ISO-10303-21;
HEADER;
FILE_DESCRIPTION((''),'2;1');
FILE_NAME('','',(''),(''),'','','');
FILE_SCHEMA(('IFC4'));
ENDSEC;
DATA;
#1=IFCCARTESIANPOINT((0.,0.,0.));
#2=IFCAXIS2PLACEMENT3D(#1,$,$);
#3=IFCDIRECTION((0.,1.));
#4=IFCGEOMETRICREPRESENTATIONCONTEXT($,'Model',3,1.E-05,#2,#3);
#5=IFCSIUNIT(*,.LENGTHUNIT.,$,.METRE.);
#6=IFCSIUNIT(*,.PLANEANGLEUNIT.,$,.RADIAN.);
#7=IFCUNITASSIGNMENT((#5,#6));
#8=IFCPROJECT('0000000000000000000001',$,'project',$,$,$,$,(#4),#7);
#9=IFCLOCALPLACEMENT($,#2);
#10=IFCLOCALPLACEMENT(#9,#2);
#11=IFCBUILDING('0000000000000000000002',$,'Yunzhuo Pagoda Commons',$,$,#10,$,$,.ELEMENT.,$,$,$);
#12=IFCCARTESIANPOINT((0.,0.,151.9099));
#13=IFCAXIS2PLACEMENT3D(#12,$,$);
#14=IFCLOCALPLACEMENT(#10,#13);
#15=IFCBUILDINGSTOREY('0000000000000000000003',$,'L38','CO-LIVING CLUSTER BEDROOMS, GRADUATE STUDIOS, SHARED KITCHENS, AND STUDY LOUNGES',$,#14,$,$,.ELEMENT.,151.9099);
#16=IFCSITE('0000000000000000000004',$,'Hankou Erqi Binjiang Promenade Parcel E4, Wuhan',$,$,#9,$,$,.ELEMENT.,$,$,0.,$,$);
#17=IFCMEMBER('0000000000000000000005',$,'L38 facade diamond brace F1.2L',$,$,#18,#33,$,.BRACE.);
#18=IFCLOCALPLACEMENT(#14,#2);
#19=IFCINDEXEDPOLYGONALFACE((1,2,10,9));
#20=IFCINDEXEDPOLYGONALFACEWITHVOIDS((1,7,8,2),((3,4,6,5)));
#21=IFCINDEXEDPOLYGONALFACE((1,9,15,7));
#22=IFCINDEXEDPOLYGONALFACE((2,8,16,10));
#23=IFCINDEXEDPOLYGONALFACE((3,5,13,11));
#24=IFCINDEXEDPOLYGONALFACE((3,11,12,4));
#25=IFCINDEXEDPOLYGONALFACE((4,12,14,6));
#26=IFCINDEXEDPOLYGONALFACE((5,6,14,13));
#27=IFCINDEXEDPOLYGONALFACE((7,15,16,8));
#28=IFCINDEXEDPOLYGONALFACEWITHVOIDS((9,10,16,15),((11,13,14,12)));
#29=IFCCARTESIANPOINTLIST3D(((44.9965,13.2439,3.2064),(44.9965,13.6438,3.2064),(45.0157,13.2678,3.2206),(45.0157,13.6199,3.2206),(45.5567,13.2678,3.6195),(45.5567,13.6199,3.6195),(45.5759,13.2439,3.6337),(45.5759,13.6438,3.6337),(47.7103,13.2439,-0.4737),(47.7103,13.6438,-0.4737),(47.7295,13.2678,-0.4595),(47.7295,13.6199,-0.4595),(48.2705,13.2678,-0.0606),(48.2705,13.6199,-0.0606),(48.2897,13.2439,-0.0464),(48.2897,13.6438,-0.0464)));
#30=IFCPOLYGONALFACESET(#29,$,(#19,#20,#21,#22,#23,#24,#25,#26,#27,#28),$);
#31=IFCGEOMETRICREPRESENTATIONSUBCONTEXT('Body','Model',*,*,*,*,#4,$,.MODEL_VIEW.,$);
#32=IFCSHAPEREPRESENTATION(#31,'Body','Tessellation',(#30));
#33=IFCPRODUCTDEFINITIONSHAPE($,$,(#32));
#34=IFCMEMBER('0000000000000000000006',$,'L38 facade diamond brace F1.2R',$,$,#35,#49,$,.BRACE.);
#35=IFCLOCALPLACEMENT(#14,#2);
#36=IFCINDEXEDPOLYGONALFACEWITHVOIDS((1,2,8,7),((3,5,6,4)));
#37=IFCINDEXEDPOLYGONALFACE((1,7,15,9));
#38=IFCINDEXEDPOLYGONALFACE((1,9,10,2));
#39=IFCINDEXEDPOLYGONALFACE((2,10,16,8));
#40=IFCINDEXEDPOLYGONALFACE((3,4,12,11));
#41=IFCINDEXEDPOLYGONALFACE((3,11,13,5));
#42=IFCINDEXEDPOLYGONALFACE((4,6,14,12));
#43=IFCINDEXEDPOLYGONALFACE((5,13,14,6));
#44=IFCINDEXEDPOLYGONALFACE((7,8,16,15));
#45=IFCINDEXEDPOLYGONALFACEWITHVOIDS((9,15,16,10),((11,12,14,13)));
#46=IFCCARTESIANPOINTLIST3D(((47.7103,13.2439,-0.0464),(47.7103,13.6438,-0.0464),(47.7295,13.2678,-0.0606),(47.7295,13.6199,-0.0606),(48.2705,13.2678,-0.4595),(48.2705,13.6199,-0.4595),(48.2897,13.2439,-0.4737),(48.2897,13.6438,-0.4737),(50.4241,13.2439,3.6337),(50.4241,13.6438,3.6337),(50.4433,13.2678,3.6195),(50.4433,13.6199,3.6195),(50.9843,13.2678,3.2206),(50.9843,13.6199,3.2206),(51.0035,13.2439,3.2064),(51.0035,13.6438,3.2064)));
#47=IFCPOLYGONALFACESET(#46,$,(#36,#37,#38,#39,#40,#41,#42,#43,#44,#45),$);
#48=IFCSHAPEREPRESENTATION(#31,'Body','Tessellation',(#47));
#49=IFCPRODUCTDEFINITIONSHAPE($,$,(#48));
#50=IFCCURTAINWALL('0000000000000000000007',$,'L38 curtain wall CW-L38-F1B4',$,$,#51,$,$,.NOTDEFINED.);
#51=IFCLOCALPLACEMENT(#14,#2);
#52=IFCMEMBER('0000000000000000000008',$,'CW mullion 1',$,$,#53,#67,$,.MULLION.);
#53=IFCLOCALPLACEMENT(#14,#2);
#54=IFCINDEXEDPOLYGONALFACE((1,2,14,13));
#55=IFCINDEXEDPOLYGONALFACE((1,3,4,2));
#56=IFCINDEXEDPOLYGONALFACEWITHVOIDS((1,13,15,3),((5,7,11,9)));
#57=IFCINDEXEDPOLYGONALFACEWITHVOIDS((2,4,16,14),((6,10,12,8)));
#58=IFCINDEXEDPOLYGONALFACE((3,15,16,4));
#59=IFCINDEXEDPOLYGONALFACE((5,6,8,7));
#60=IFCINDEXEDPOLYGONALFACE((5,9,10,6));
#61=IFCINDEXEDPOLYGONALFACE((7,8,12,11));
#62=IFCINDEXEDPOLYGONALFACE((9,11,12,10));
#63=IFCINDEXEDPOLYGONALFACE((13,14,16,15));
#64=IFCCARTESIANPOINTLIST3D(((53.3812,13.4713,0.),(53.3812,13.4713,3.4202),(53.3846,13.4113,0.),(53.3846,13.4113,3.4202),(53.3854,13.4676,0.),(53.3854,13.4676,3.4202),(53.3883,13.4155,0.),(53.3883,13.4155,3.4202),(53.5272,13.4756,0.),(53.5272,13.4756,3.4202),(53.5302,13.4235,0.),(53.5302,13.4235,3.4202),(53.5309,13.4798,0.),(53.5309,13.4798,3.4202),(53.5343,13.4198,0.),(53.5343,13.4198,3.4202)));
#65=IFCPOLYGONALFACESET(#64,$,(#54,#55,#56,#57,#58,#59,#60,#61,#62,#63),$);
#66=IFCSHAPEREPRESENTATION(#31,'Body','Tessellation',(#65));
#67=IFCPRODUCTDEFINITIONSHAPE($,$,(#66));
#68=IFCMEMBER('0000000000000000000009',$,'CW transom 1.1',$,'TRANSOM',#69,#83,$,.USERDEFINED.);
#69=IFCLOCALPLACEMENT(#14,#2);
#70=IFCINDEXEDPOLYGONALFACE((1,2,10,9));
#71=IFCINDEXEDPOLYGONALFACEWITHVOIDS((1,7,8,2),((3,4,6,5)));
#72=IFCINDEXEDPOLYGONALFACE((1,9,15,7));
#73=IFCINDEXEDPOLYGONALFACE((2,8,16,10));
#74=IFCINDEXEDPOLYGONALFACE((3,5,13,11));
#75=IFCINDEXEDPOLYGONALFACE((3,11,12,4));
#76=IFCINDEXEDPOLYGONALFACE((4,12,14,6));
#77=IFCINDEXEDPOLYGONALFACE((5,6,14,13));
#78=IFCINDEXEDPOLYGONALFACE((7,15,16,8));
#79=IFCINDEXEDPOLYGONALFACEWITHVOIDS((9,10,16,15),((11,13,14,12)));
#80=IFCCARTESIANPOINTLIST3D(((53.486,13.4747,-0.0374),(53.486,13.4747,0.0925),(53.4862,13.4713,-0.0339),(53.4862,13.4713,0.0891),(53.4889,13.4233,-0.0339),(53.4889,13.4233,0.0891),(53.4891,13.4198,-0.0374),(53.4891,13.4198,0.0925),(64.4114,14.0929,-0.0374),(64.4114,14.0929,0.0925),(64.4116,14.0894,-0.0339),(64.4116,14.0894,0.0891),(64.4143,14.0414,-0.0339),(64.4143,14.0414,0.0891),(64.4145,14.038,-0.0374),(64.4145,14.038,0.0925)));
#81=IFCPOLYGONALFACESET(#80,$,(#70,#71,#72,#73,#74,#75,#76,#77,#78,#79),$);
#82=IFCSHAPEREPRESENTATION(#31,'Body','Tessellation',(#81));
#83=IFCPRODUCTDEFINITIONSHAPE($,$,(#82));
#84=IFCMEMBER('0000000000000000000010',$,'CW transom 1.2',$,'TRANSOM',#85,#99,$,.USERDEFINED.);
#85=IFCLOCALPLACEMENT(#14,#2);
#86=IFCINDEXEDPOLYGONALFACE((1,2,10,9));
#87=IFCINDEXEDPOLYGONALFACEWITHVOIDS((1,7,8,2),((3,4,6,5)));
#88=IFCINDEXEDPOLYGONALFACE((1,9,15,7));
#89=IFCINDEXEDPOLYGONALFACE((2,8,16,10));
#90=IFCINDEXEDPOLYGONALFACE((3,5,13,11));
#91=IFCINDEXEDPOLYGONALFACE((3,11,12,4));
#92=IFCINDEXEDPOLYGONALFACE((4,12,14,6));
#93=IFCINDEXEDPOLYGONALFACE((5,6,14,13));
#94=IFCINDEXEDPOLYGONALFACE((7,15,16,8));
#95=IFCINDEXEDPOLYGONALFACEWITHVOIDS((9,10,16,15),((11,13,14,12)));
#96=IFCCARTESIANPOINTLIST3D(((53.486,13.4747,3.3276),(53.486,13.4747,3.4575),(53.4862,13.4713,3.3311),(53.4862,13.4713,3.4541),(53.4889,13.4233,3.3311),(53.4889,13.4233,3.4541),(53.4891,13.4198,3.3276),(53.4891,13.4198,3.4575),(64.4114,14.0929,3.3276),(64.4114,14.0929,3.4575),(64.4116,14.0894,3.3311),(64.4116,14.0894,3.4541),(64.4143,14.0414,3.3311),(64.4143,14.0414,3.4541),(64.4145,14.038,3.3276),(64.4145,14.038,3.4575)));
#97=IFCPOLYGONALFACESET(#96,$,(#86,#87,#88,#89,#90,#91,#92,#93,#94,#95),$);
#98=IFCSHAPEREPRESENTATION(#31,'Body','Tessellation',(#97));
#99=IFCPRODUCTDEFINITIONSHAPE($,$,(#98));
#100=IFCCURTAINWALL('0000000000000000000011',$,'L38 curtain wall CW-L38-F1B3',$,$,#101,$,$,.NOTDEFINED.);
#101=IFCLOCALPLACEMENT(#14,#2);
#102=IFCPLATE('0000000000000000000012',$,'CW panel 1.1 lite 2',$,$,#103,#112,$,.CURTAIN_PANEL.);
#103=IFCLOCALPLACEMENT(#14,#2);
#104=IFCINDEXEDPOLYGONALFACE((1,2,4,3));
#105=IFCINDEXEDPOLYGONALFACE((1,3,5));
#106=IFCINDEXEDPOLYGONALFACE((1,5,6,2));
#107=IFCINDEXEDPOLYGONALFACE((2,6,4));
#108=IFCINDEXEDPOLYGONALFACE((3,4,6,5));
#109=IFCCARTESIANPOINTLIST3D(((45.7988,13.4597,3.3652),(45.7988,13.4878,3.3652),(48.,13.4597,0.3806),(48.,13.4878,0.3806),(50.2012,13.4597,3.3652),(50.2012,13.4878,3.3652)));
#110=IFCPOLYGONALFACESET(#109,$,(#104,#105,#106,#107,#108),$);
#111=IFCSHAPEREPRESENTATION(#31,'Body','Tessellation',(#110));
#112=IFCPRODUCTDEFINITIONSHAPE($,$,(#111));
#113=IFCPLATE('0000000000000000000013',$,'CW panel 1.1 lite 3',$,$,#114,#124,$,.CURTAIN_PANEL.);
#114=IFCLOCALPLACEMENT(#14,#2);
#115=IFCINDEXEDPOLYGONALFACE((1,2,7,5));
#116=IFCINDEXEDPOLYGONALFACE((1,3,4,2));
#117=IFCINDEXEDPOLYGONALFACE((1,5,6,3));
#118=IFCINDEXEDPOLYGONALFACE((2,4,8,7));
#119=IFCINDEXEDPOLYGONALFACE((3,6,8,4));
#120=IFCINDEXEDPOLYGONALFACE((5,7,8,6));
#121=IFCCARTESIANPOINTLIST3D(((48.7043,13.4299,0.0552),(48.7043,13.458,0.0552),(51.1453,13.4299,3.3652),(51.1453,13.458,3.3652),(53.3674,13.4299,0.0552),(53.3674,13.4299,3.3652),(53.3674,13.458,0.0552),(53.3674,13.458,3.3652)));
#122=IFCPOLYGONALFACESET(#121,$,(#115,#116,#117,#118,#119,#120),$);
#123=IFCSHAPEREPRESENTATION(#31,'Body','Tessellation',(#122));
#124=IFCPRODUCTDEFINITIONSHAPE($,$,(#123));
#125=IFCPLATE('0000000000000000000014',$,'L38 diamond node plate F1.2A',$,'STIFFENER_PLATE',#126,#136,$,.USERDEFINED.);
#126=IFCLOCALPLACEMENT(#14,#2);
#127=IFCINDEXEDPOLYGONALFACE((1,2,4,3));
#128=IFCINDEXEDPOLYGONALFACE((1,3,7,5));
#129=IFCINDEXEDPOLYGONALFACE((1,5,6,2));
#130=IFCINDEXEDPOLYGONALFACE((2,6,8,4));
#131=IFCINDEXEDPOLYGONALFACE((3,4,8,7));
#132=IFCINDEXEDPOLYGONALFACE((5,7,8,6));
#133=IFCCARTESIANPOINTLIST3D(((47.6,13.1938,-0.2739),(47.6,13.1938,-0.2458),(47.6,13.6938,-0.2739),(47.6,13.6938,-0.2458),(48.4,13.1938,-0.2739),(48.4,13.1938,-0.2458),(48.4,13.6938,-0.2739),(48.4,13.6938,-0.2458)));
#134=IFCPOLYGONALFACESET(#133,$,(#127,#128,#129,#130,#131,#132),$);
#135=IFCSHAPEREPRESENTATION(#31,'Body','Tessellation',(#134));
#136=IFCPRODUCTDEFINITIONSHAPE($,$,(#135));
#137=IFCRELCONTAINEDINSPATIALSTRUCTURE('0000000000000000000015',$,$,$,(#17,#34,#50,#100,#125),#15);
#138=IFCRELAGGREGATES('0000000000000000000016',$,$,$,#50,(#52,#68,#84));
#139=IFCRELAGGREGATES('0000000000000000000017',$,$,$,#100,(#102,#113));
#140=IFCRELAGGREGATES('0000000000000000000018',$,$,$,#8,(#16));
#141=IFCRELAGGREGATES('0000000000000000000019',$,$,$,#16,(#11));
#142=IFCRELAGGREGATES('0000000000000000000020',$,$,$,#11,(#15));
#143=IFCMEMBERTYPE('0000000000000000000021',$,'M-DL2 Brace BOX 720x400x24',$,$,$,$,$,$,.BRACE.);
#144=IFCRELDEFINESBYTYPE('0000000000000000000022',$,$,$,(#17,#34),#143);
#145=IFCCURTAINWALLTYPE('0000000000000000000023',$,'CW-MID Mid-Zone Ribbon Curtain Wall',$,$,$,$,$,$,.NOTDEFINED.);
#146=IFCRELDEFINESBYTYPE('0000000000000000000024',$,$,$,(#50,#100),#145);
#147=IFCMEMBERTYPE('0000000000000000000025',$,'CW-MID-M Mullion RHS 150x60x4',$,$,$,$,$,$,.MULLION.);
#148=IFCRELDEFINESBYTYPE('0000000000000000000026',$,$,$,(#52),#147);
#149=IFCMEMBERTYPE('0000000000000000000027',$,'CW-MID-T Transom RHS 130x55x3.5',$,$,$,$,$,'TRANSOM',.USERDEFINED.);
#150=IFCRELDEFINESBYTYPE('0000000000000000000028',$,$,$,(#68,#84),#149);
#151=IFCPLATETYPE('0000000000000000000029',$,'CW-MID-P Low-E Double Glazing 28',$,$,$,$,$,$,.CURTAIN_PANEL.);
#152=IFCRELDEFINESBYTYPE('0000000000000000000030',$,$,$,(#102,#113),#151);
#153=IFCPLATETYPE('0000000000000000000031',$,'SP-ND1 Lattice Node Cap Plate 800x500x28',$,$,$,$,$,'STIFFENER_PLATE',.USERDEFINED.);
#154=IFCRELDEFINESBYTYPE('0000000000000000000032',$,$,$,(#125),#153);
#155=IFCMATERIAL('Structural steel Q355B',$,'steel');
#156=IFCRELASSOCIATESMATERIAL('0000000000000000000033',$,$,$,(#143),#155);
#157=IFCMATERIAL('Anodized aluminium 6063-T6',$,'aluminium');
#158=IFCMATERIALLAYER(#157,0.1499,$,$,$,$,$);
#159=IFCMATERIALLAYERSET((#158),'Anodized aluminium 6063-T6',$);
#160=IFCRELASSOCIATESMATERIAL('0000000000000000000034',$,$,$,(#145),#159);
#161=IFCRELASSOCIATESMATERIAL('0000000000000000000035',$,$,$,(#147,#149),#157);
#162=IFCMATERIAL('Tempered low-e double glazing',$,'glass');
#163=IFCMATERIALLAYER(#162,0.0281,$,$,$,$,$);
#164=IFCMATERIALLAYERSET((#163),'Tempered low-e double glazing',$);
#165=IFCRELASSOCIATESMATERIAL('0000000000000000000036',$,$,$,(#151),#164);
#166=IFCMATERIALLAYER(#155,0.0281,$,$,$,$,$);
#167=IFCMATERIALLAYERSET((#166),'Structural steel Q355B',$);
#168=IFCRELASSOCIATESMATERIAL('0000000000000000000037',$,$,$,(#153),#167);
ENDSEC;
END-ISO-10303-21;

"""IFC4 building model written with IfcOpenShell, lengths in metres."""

from ifc_helpers import new_model, si_unit, direction, frame, origin, origin_2d, place, context, subcontext, project, spatial, polyline, rectangle, hollow_rectangle, outline, extrude, source, transform, mapped, material, layer, layer_set, material_profile, profile_set, type_object, element, aggregate, save


model = new_model("IFC4")

# Units and contexts
model_context = context("Model", 3, precision=1e-05, world=origin(), true_north=direction((0.0, 1.0)))
body_context = subcontext(model_context, "Body", "Model", "MODEL_VIEW")
ifc_project = project(units=[si_unit("LENGTHUNIT", "METRE"), si_unit("PLANEANGLEUNIT", "RADIAN")], contexts=[model_context])

# Site, building, storey
site_placement = place(None, origin())
site = spatial("IfcSite", under=ifc_project, at=site_placement, Name="Hankou Erqi Binjiang Promenade Parcel E4, Wuhan", CompositionType="ELEMENT", RefElevation=0.0)
building_placement = place(site_placement, origin())
building = spatial("IfcBuilding", under=site, at=building_placement, Name="Yunzhuo Pagoda Commons", CompositionType="ELEMENT")
storey_placement = place(building_placement, frame((0.0, 0.0, 151.9099)))
storey = spatial("IfcBuildingStorey", under=building, at=storey_placement, Name="L38", Description="CO-LIVING CLUSTER BEDROOMS, GRADUATE STUDIOS, SHARED KITCHENS, AND STUDY LOUNGES", CompositionType="ELEMENT", Elevation=151.9099)

# Shared definitions
ifc_material_1 = material(Name="Structural steel Q355B", Category="steel")

# Members
ifc_material_profile_1 = material_profile(ifc_material_1, hollow_rectangle(XDim=0.3999, YDim=0.72, WallThickness=0.0239, at=origin_2d()), Name="Structural steel Q355B")
ifc_profile_set_1 = profile_set([ifc_material_profile_1], Name="Structural steel Q355B")
member_type_1 = type_object("IfcMemberType", Name="M-DL2 Brace BOX 720x400x24", PredefinedType="BRACE", material=ifc_profile_set_1)
shared_shape_1 = source(origin(), body_context, "Body", "SweptSolid", [
    extrude(hollow_rectangle(XDim=0.3999, YDim=0.72, WallThickness=0.0239, at=origin_2d()), origin(), (0.0, 0.0, 1.0), 4.5725),
])
for number, where, z_axis, x_axis, name in (
    (1, (48.0, 13.4438, -0.26), (-0.593505, 0.0, 0.80483), (0.0, -1.0, 0.0), "L38 facade diamond brace F1.2L"),
    (2, (48.0, 13.4438, -0.26), (0.593505, 0.0, 0.80483), (0.0, 1.0, 0.0), "L38 facade diamond brace F1.2R"),
):
    element("IfcMember", number, at=place(storey_placement, frame(where, z_axis=z_axis, x_axis=x_axis)), inside=storey, type_object=member_type_1, Name=name, PredefinedType="BRACE", context=body_context, shape_type="MappedRepresentation", body=[
        mapped(shared_shape_1, transform((0.0, 0.0, 0.0), scale=1.0)),
    ])

# Curtain wall, members
ifc_material_2 = material(Name="Anodized aluminium 6063-T6", Category="aluminium")
ifc_layer_1 = layer(ifc_material_2, 0.1499)
ifc_layer_set_1 = layer_set([ifc_layer_1], Name="Anodized aluminium 6063-T6")
curtain_wall_type = type_object("IfcCurtainWallType", Name="CW-MID Mid-Zone Ribbon Curtain Wall", PredefinedType="NOTDEFINED", material=ifc_layer_set_1)
curtain_wall_1_placement = place(storey_placement, origin())
curtain_wall_1 = element("IfcCurtainWall", 3, at=curtain_wall_1_placement, inside=storey, type_object=curtain_wall_type, Name="L38 curtain wall CW-L38-F1B4", PredefinedType="NOTDEFINED")
ifc_material_profile_2 = material_profile(ifc_material_2, hollow_rectangle(XDim=0.0601, YDim=0.1499, WallThickness=0.0039, at=origin_2d()), Name="Anodized aluminium 6063-T6")
ifc_profile_set_2 = profile_set([ifc_material_profile_2], Name="Anodized aluminium 6063-T6")
member_type_2 = type_object("IfcMemberType", Name="CW-MID-M Mullion RHS 150x60x4", PredefinedType="MULLION", material=ifc_profile_set_2)
shared_shape_2 = source(origin(), body_context, "Body", "SweptSolid", [
    extrude(hollow_rectangle(XDim=0.0601, YDim=0.1499, WallThickness=0.0039, at=origin_2d()), origin(), (0.0, 0.0, 1.0), 3.4202),
])
member_1_placement = place(storey_placement, frame((53.4578, 13.4456, 0.0), z_axis=(0.0, 0.0, 1.0), x_axis=(-0.056459, 0.998405, 0.0)))
member_1 = element("IfcMember", 4, at=member_1_placement, type_object=member_type_2, Name="CW mullion 1", PredefinedType="MULLION", context=body_context, shape_type="MappedRepresentation", body=[
    mapped(shared_shape_2, transform((0.0, 0.0, 0.0), scale=1.0)),
])
ifc_material_profile_3 = material_profile(ifc_material_2, hollow_rectangle(XDim=0.0549, YDim=0.1299, WallThickness=0.0034, at=origin_2d()), Name="Anodized aluminium 6063-T6")
ifc_profile_set_3 = profile_set([ifc_material_profile_3], Name="Anodized aluminium 6063-T6")
member_type_3 = type_object("IfcMemberType", Name="CW-MID-T Transom RHS 130x55x3.5", ElementType="TRANSOM", PredefinedType="USERDEFINED", material=ifc_profile_set_3)
shared_shape_3 = source(origin(), body_context, "Body", "SweptSolid", [
    extrude(hollow_rectangle(XDim=0.0549, YDim=0.1299, WallThickness=0.0034, at=origin_2d()), origin(), (0.0, 0.0, 1.0), 10.9429),
])
member_2_placement = place(storey_placement, frame((53.4875, 13.4473, 0.0276), z_axis=(0.998403, 0.056491, 0.0), x_axis=(-0.056491, 0.998403, 0.0)))
member_2 = element("IfcMember", 5, at=member_2_placement, type_object=member_type_3, Name="CW transom 1.1", ObjectType="TRANSOM", PredefinedType="USERDEFINED", context=body_context, shape_type="MappedRepresentation", body=[
    mapped(shared_shape_3, transform((0.0, 0.0, 0.0), scale=1.0)),
])
member_3_placement = place(storey_placement, frame((53.4875, 13.4473, 3.3926), z_axis=(0.998403, 0.056491, 0.0), x_axis=(-0.056491, 0.998403, 0.0)))
member_3 = element("IfcMember", 6, at=member_3_placement, type_object=member_type_3, Name="CW transom 1.2", ObjectType="TRANSOM", PredefinedType="USERDEFINED", context=body_context, shape_type="MappedRepresentation", body=[
    mapped(shared_shape_3, transform((0.0, 0.0, 0.0), scale=1.0)),
])
aggregate(curtain_wall_1, [member_1, member_2, member_3])

# Curtain wall, plates
curtain_wall_2_placement = place(storey_placement, origin())
curtain_wall_2 = element("IfcCurtainWall", 7, at=curtain_wall_2_placement, inside=storey, type_object=curtain_wall_type, Name="L38 curtain wall CW-L38-F1B3", PredefinedType="NOTDEFINED")
ifc_material_3 = material(Name="Tempered low-e double glazing", Category="glass")
ifc_layer_2 = layer(ifc_material_3, 0.0281)
ifc_layer_set_2 = layer_set([ifc_layer_2], Name="Tempered low-e double glazing")
plate_type_1 = type_object("IfcPlateType", Name="CW-MID-P Low-E Double Glazing 28", PredefinedType="CURTAIN_PANEL", material=ifc_layer_set_2)
plate_1_placement = place(storey_placement, frame((48.0, 13.4878, 1.8728), z_axis=(0.0, -1.0, 0.0), x_axis=(1.0, 0.0, 0.0)))
plate_1 = element("IfcPlate", 8, at=plate_1_placement, type_object=plate_type_1, Name="CW panel 1.1 lite 2", PredefinedType="CURTAIN_PANEL", context=body_context, shape_type="SweptSolid", body=[
    extrude(outline(polyline([(-2.2012, 1.4924), (0.0, -1.4922), (2.2012, 1.4924), (-2.2012, 1.4924)])), origin(), (0.0, 0.0, 1.0), 0.0281),
])
plate_2_placement = place(storey_placement, frame((51.0359, 13.458, 1.7102), z_axis=(0.0, -1.0, 0.0), x_axis=(1.0, 0.0, 0.0)))
plate_2 = element("IfcPlate", 9, at=plate_2_placement, type_object=plate_type_1, Name="CW panel 1.1 lite 3", PredefinedType="CURTAIN_PANEL", context=body_context, shape_type="SweptSolid", body=[
    extrude(outline(polyline([(-2.3315, -1.655), (2.3315, -1.655), (2.3315, 1.655), (0.1094, 1.655), (-2.3315, -1.655)])), origin(), (0.0, 0.0, 1.0), 0.0281),
])
aggregate(curtain_wall_2, [plate_1, plate_2])

# Plate
ifc_layer_3 = layer(ifc_material_1, 0.0281)
ifc_layer_set_3 = layer_set([ifc_layer_3], Name="Structural steel Q355B")
plate_type_2 = type_object("IfcPlateType", Name="SP-ND1 Lattice Node Cap Plate 800x500x28", ElementType="STIFFENER_PLATE", PredefinedType="USERDEFINED", material=ifc_layer_set_3)
shared_shape_4 = source(origin(), body_context, "Body", "SweptSolid", [
    extrude(rectangle(XDim=0.8, YDim=0.5, at=origin_2d()), origin(), (0.0, 0.0, 1.0), 0.0281),
])
plate_3_placement = place(storey_placement, frame((48.0, 13.4438, -0.2739), z_axis=(0.0, 0.0, 1.0), x_axis=(1.0, 0.0, 0.0)))
element("IfcPlate", 10, at=plate_3_placement, inside=storey, type_object=plate_type_2, Name="L38 diamond node plate F1.2A", ObjectType="STIFFENER_PLATE", PredefinedType="USERDEFINED", context=body_context, shape_type="MappedRepresentation", body=[
    mapped(shared_shape_4, transform((0.0, 0.0, 0.0), scale=1.0)),
])

save(model, "model.ifc")
